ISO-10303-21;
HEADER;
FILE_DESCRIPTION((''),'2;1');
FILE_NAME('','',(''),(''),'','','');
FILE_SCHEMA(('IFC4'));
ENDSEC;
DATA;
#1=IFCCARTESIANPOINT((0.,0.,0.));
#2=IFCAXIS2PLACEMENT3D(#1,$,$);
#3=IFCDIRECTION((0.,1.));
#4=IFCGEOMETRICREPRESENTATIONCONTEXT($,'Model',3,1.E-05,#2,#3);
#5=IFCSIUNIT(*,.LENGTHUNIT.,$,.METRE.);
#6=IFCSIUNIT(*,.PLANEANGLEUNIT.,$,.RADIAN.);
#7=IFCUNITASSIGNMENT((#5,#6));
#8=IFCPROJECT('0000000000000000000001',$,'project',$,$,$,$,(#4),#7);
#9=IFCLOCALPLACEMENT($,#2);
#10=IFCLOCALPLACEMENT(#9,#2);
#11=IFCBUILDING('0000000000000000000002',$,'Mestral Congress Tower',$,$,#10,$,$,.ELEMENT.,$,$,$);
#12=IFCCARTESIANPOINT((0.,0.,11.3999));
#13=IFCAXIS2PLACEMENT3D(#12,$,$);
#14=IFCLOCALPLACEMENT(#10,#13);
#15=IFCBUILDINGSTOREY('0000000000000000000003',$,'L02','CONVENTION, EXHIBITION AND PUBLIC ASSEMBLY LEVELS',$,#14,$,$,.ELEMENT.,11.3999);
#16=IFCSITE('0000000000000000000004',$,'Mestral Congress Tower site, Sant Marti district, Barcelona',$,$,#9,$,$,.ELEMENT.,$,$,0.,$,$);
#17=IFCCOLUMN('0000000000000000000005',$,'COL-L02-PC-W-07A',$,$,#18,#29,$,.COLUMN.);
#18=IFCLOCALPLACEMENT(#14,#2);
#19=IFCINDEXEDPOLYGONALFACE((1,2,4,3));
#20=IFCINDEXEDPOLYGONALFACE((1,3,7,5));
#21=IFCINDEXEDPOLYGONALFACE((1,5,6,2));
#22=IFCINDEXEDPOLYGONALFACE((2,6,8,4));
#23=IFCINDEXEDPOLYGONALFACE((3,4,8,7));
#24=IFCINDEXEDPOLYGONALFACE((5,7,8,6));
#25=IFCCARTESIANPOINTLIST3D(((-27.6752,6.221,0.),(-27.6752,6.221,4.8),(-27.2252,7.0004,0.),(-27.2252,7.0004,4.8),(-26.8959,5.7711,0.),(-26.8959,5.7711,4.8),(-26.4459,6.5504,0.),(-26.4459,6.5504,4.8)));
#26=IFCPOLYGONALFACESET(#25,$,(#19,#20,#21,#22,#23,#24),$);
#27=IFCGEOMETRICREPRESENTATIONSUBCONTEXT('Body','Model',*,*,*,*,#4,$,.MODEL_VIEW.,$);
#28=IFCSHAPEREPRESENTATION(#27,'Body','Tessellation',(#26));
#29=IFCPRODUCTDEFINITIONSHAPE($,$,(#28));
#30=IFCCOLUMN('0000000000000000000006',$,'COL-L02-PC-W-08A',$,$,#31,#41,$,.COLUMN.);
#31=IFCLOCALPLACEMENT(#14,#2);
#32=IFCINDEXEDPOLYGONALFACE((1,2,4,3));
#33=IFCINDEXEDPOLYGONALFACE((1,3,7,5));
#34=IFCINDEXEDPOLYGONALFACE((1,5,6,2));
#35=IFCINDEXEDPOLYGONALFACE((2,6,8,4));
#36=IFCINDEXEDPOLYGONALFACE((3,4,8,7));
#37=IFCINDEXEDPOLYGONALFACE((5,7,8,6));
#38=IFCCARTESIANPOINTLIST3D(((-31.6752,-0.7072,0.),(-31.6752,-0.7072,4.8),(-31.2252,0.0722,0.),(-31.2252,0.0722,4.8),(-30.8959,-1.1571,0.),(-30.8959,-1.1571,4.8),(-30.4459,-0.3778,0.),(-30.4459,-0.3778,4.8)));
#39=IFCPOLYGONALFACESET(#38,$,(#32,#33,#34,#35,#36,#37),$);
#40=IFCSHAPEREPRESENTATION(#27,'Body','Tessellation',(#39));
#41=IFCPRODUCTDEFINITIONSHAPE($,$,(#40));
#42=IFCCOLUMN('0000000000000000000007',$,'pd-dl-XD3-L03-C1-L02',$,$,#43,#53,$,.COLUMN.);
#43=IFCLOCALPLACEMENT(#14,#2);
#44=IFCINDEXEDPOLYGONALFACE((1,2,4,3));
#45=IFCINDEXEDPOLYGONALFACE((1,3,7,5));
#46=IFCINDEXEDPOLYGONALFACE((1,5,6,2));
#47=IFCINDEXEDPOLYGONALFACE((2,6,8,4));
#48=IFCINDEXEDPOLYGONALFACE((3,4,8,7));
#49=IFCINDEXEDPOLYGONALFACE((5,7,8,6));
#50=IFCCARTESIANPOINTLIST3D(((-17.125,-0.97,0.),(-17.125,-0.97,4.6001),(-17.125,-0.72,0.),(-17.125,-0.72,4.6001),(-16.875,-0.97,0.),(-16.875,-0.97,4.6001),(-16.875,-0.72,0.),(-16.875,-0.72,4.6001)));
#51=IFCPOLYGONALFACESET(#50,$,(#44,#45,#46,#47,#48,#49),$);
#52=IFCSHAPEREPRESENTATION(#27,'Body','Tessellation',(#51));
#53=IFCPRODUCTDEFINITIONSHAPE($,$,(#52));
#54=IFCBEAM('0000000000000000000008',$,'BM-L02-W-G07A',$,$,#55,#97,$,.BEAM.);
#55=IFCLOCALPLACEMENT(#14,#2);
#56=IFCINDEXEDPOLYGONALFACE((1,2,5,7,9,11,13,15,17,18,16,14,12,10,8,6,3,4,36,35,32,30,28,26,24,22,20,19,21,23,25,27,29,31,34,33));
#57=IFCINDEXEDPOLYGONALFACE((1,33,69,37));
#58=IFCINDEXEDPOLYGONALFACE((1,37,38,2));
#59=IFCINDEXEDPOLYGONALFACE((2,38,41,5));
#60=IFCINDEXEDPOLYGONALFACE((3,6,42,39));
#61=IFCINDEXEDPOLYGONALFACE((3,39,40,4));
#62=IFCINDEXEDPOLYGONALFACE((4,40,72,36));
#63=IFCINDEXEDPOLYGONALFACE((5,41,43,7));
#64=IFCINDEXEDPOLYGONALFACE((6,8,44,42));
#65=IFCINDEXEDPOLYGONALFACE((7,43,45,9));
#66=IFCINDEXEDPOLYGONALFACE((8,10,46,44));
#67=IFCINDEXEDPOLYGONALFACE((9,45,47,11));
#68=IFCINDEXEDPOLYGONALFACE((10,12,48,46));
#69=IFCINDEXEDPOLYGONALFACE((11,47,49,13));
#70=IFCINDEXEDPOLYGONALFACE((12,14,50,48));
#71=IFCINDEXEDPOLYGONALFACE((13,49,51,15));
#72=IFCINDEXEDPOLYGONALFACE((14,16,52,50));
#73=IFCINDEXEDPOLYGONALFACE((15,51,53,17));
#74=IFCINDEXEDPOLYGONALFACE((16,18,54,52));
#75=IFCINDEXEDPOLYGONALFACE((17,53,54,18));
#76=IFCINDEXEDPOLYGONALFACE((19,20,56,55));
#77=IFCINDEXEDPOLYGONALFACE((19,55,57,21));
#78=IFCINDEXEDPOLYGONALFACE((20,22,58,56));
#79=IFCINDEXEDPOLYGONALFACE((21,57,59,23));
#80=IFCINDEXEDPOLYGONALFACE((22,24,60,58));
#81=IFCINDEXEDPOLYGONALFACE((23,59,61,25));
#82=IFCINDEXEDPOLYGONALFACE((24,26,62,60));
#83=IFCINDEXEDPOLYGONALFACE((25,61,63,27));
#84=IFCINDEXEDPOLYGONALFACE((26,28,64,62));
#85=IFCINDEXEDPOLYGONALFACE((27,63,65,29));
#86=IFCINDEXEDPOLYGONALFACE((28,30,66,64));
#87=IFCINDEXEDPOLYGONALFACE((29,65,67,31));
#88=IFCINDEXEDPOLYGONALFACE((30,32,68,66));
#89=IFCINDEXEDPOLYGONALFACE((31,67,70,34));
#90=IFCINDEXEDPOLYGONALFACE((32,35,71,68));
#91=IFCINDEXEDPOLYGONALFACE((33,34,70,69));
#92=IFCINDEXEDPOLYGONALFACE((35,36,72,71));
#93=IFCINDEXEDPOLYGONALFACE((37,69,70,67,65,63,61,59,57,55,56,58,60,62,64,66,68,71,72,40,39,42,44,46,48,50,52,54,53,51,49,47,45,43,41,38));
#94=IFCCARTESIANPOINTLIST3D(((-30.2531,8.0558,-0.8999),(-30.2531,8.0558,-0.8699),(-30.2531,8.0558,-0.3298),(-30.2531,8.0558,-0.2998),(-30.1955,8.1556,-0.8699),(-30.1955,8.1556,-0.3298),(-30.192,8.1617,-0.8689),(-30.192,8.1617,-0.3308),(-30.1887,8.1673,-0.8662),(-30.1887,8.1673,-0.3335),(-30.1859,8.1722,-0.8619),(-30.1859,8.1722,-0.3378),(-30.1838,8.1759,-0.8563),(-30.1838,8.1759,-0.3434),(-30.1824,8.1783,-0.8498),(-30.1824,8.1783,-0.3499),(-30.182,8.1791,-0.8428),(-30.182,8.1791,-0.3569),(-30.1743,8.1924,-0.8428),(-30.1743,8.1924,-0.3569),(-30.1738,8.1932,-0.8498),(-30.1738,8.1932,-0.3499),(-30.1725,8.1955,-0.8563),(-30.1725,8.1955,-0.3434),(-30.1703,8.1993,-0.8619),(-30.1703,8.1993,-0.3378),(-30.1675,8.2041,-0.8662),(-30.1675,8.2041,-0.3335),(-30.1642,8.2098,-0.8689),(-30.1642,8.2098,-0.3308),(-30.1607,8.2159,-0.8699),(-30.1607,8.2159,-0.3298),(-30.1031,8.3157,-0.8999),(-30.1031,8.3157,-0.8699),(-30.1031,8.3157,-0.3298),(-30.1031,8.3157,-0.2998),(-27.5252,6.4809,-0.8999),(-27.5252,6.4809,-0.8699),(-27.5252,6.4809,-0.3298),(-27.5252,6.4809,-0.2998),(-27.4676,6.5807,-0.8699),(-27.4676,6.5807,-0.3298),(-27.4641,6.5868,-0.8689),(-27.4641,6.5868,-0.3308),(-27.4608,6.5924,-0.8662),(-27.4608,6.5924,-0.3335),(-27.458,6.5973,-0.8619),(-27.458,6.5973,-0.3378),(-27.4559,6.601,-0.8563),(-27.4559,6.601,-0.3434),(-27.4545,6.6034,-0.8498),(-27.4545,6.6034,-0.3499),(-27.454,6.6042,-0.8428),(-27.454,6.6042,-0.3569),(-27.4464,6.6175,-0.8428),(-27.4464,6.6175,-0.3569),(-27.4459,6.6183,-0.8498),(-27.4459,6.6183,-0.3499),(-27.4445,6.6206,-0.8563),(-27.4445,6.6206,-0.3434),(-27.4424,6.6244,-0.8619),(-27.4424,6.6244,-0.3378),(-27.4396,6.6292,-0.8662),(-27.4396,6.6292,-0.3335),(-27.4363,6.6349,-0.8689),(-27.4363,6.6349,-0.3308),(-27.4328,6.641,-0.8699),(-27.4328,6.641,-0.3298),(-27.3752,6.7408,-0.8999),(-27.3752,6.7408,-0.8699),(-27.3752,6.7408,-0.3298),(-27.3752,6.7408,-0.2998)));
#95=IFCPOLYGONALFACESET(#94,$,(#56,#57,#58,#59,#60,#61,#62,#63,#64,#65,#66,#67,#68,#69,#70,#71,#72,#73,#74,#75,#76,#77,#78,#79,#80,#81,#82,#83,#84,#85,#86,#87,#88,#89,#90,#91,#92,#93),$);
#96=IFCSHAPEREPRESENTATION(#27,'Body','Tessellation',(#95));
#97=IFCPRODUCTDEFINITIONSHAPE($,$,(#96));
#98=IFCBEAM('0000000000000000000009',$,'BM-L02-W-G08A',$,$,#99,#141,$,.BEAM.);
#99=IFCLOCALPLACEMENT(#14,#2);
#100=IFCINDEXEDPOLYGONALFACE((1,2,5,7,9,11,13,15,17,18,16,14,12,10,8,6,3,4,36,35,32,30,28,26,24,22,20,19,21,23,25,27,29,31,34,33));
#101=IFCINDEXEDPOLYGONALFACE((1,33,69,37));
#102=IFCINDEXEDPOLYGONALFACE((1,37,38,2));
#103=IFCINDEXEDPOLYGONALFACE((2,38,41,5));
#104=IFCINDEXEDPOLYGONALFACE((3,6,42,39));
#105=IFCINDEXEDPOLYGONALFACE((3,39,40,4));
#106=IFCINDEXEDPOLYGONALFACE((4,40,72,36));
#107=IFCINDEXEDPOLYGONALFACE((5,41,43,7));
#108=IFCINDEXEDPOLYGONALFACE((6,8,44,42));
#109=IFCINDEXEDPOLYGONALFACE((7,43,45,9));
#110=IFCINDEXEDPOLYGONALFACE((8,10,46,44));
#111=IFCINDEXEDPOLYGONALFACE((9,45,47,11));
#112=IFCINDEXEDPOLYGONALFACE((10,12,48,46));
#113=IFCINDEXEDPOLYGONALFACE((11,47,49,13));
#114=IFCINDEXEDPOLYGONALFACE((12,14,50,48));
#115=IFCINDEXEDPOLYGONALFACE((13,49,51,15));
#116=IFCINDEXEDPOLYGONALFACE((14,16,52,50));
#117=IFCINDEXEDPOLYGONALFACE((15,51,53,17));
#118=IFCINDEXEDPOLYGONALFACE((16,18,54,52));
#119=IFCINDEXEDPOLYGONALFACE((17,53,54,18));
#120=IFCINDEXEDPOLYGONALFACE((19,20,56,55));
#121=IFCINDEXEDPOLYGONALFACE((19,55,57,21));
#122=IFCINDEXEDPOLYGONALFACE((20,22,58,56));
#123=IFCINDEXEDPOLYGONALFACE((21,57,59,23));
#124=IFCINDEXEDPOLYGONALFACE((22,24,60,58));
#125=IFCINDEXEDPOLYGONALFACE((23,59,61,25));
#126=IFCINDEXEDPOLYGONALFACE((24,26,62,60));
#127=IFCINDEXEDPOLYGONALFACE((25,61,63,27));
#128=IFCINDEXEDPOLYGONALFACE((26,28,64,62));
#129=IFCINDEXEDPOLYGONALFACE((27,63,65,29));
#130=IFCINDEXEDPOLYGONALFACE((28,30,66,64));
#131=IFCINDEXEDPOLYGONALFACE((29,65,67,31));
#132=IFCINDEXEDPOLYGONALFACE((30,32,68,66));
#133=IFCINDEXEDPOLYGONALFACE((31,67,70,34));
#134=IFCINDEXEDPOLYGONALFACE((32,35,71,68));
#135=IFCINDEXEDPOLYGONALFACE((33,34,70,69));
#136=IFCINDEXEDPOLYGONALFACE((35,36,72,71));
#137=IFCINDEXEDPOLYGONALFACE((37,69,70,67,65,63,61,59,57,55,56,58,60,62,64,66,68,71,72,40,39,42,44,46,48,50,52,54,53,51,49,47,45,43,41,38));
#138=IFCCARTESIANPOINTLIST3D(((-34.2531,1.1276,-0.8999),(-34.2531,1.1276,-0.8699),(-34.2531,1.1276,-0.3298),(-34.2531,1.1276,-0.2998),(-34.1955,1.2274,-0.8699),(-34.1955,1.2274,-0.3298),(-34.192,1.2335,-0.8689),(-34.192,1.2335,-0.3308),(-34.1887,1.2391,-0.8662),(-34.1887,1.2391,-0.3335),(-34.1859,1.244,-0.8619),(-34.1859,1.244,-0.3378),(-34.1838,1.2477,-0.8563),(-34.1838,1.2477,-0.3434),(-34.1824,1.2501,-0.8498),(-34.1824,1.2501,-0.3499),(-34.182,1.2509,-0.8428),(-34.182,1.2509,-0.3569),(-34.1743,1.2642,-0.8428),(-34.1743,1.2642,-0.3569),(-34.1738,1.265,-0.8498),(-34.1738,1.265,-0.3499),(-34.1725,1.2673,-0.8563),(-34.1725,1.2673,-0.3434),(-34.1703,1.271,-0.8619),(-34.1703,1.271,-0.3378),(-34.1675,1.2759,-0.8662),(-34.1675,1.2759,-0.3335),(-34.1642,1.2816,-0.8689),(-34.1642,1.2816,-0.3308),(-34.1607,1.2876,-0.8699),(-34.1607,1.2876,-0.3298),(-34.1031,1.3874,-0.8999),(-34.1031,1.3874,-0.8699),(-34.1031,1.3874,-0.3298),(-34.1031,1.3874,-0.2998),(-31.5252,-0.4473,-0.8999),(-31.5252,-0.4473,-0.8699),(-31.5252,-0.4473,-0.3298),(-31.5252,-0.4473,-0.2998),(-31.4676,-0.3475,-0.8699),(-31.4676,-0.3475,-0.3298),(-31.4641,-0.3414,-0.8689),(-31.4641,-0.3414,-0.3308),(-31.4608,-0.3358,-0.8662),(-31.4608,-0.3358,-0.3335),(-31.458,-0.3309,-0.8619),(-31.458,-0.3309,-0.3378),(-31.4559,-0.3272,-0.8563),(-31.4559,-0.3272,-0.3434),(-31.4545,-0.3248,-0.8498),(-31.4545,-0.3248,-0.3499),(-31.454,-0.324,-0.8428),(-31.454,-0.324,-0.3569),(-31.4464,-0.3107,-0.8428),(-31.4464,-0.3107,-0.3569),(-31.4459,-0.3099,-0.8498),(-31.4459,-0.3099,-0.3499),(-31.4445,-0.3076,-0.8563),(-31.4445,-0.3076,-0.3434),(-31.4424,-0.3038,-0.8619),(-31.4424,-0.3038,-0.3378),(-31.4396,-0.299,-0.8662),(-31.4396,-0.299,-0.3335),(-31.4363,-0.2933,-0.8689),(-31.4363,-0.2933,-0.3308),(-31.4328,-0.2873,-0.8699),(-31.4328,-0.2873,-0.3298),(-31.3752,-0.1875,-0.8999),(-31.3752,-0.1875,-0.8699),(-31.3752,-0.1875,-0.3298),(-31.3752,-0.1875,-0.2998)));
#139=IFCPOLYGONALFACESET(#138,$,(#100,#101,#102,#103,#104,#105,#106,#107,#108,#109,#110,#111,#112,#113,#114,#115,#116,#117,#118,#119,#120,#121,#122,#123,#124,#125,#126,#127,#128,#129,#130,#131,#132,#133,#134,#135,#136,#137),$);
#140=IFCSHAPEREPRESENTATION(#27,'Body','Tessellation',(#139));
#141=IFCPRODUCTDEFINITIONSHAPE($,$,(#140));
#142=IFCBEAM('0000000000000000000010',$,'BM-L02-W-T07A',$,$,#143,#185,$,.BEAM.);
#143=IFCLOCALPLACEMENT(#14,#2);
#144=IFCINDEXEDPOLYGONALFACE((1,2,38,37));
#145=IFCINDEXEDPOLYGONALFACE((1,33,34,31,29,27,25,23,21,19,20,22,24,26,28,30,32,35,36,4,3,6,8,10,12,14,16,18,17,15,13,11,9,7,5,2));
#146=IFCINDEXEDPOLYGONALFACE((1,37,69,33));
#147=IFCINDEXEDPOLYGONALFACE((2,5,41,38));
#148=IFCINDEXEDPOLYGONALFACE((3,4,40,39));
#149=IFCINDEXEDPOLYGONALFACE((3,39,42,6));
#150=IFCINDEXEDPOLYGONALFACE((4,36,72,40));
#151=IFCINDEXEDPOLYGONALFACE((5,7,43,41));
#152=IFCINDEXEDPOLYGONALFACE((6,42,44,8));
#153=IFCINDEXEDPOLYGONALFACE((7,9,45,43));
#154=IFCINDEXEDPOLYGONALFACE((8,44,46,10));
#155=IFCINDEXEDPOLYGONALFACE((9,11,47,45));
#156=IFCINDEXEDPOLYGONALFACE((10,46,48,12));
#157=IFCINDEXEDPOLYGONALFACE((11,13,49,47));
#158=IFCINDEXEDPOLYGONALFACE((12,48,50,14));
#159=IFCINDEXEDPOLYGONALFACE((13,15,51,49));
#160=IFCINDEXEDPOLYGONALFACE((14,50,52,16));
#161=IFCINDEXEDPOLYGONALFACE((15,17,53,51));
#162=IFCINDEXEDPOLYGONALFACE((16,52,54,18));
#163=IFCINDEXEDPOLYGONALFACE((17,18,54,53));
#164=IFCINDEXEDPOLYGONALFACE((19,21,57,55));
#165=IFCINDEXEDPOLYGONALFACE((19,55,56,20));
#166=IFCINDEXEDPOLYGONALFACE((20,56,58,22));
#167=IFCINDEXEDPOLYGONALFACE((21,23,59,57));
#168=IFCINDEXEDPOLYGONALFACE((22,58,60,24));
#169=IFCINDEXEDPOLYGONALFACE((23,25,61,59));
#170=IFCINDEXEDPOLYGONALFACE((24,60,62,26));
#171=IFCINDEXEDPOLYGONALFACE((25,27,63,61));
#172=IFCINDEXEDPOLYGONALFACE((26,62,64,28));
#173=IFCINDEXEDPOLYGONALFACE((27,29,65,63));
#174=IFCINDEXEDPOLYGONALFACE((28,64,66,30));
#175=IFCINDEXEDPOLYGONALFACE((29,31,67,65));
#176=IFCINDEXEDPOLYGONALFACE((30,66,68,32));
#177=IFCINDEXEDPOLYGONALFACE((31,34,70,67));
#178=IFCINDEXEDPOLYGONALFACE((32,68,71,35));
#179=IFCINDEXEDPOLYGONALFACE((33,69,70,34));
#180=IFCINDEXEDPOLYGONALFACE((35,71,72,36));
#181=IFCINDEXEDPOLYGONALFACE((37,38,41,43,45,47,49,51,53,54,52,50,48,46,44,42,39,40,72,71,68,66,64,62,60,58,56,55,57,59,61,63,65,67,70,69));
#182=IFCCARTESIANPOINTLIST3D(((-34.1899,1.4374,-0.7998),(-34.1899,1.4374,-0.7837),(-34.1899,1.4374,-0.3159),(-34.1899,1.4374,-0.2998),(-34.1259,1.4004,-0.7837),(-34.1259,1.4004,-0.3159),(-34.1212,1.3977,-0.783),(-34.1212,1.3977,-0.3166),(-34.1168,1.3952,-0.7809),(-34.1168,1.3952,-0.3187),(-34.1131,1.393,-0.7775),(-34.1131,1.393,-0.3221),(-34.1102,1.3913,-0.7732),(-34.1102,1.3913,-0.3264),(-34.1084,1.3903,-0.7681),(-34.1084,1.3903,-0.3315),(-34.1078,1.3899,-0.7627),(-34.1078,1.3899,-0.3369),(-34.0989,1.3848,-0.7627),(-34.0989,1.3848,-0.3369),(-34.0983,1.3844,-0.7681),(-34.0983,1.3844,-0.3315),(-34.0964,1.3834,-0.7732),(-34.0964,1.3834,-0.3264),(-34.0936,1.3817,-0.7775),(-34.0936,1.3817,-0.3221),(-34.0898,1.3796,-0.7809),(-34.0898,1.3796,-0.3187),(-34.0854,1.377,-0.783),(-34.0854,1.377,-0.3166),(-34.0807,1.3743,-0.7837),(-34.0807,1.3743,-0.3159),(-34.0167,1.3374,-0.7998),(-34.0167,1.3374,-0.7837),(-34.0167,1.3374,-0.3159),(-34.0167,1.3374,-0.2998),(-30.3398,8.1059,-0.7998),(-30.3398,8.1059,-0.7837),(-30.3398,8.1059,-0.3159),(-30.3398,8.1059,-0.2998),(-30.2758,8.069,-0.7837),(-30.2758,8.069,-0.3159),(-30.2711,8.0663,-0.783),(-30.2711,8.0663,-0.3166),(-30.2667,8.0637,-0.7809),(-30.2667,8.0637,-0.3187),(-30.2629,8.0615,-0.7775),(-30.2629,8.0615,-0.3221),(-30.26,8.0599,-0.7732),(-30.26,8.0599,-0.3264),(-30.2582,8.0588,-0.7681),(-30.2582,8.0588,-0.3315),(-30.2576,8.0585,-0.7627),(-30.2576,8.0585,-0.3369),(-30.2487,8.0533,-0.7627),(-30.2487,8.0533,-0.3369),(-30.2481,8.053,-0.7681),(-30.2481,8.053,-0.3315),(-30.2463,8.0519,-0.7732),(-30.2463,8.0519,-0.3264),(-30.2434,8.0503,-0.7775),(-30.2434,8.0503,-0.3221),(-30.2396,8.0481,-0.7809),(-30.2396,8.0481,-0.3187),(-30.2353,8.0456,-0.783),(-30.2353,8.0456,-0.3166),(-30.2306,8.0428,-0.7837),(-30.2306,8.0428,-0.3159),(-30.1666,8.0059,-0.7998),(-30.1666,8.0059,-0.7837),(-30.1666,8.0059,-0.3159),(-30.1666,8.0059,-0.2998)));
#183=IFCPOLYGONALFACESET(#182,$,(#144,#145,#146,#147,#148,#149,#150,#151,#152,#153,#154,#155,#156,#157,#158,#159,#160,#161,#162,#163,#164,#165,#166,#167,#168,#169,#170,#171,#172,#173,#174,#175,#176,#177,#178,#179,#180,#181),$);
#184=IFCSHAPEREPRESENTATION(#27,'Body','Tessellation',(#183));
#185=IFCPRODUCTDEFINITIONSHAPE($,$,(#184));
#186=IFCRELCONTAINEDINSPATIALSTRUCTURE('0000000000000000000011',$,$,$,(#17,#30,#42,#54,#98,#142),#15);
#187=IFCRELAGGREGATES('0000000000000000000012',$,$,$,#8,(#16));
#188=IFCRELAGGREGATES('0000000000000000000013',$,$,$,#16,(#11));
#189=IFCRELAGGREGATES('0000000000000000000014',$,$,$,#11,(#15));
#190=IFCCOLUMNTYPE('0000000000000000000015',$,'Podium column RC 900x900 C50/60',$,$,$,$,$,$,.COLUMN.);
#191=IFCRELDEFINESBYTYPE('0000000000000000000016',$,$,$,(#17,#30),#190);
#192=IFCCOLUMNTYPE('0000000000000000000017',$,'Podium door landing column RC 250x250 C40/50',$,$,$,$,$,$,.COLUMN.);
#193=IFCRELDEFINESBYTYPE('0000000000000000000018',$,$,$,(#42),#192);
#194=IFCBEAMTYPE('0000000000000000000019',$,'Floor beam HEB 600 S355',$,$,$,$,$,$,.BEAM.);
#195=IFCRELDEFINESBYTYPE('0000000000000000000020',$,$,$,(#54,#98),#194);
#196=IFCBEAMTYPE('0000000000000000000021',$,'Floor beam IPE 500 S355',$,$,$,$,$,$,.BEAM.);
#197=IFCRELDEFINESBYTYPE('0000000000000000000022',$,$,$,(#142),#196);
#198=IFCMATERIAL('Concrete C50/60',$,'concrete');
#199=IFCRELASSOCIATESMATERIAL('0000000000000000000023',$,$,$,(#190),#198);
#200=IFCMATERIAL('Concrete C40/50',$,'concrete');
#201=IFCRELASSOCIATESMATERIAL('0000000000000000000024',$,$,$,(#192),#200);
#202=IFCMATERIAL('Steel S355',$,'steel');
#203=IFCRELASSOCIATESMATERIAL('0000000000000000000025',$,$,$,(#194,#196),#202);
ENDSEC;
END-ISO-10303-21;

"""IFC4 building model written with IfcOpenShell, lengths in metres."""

from ifc_helpers import new_model, si_unit, direction, frame, origin, origin_2d, place, context, subcontext, project, spatial, rectangle, i_section, extrude, material, material_profile, profile_set, type_object, element, save


model = new_model("IFC4")

# Units and contexts
model_context = context("Model", 3, precision=1e-05, world=origin(), true_north=direction((0.0, 1.0)))
body_context = subcontext(model_context, "Body", "Model", "MODEL_VIEW")
ifc_project = project(units=[si_unit("LENGTHUNIT", "METRE"), si_unit("PLANEANGLEUNIT", "RADIAN")], contexts=[model_context])

# Site, building, storey
site_placement = place(None, origin())
site = spatial("IfcSite", under=ifc_project, at=site_placement, Name="Mestral Congress Tower site, Sant Marti district, Barcelona", CompositionType="ELEMENT", RefElevation=0.0)
building_placement = place(site_placement, origin())
building = spatial("IfcBuilding", under=site, at=building_placement, Name="Mestral Congress Tower", CompositionType="ELEMENT")
storey_placement = place(building_placement, frame((0.0, 0.0, 11.3999)))
storey = spatial("IfcBuildingStorey", under=building, at=storey_placement, Name="L02", Description="CONVENTION, EXHIBITION AND PUBLIC ASSEMBLY LEVELS", CompositionType="ELEMENT", Elevation=11.3999)

# Columns
ifc_material_1 = material(Name="Concrete C50/60", Category="concrete")
ifc_material_profile_1 = material_profile(ifc_material_1, rectangle(XDim=0.8999, YDim=0.8999, at=origin_2d()), Name="RC 900x900")
ifc_profile_set_1 = profile_set([ifc_material_profile_1], Name="Concrete C50/60")
column_type_1 = type_object("IfcColumnType", Name="Podium column RC 900x900 C50/60", PredefinedType="COLUMN", material=ifc_profile_set_1)
for number, where, z_axis, x_axis, name in (
    (1, (-27.0605, 6.3857, 0.0), (0.0, 0.0, 1.0), (-0.5, -0.866025, 0.0), "COL-L02-PC-W-07A"),
    (2, (-31.0605, -0.5425, 0.0), (0.0, 0.0, 1.0), (-0.5, -0.866025, 0.0), "COL-L02-PC-W-08A"),
):
    element("IfcColumn", number, at=place(storey_placement, frame(where, z_axis=z_axis, x_axis=x_axis)), inside=storey, type_object=column_type_1, Name=name, PredefinedType="COLUMN", context=body_context, shape_type="SweptSolid", body=[
        extrude(rectangle(XDim=0.8999, YDim=0.8999, at=origin_2d()), origin(), (0.0, 0.0, 1.0), 4.8),
    ])
ifc_material_2 = material(Name="Concrete C40/50", Category="concrete")
ifc_material_profile_2 = material_profile(ifc_material_2, rectangle(XDim=0.25, YDim=0.25, at=origin_2d()), Name="RC 250x250")
ifc_profile_set_2 = profile_set([ifc_material_profile_2], Name="Concrete C40/50")
column_type_2 = type_object("IfcColumnType", Name="Podium door landing column RC 250x250 C40/50", PredefinedType="COLUMN", material=ifc_profile_set_2)
column_placement = place(storey_placement, frame((-17.0, -0.845, 0.0), z_axis=(0.0, 0.0, 1.0), x_axis=(1.0, 0.0, 0.0)))
element("IfcColumn", 3, at=column_placement, inside=storey, type_object=column_type_2, Name="pd-dl-XD3-L03-C1-L02", PredefinedType="COLUMN", context=body_context, shape_type="SweptSolid", body=[
    extrude(rectangle(XDim=0.25, YDim=0.25, at=origin_2d()), origin(), (0.0, 0.0, 1.0), 4.6001),
])

# Beams
ifc_material_3 = material(Name="Steel S355", Category="steel")
ifc_material_profile_3 = material_profile(ifc_material_3, i_section(OverallWidth=0.3, OverallDepth=0.6001, WebThickness=0.0154, FlangeThickness=0.03, FilletRadius=0.0271, at=origin_2d()), Name="HEB 600")
ifc_profile_set_3 = profile_set([ifc_material_profile_3], Name="Steel S355")
beam_type_1 = type_object("IfcBeamType", Name="Floor beam HEB 600 S355", PredefinedType="BEAM", material=ifc_profile_set_3)
for number, where, z_axis, x_axis, name in (
    (4, (-27.4502, 6.6108, -0.5999), (-0.866036, 0.499982, 0.0), (-0.499982, -0.866036, 0.0), "BM-L02-W-G07A"),
    (5, (-31.4502, -0.3174, -0.5999), (-0.866036, 0.499982, 0.0), (-0.499982, -0.866036, 0.0), "BM-L02-W-G08A"),
):
    element("IfcBeam", number, at=place(storey_placement, frame(where, z_axis=z_axis, x_axis=x_axis)), inside=storey, type_object=beam_type_1, Name=name, PredefinedType="BEAM", context=body_context, shape_type="SweptSolid", body=[
        extrude(i_section(OverallWidth=0.3, OverallDepth=0.6001, WebThickness=0.0154, FlangeThickness=0.03, FilletRadius=0.0271, at=origin_2d()), origin(), (0.0, 0.0, 1.0), 3.1499),
    ])
ifc_material_profile_4 = material_profile(ifc_material_3, i_section(OverallWidth=0.2, OverallDepth=0.5, WebThickness=0.0103, FlangeThickness=0.0161, FilletRadius=0.021, at=origin_2d()), Name="IPE 500")
ifc_profile_set_4 = profile_set([ifc_material_profile_4], Name="Steel S355")
beam_type_2 = type_object("IfcBeamType", Name="Floor beam IPE 500 S355", PredefinedType="BEAM", material=ifc_profile_set_4)
for number, where, z_axis, x_axis, name in (
    (6, (-30.2532, 8.0559, -0.5498), (-0.500006, -0.866022, 0.0), (0.866022, -0.500006, 0.0), "BM-L02-W-T07A"),
):
    element("IfcBeam", number, at=place(storey_placement, frame(where, z_axis=z_axis, x_axis=x_axis)), inside=storey, type_object=beam_type_2, Name=name, PredefinedType="BEAM", context=body_context, shape_type="SweptSolid", body=[
        extrude(i_section(OverallWidth=0.2, OverallDepth=0.5, WebThickness=0.0103, FlangeThickness=0.0161, FilletRadius=0.021, at=origin_2d()), origin(), (0.0, 0.0, 1.0), 7.7002),
    ])

save(model, "model.ifc")
